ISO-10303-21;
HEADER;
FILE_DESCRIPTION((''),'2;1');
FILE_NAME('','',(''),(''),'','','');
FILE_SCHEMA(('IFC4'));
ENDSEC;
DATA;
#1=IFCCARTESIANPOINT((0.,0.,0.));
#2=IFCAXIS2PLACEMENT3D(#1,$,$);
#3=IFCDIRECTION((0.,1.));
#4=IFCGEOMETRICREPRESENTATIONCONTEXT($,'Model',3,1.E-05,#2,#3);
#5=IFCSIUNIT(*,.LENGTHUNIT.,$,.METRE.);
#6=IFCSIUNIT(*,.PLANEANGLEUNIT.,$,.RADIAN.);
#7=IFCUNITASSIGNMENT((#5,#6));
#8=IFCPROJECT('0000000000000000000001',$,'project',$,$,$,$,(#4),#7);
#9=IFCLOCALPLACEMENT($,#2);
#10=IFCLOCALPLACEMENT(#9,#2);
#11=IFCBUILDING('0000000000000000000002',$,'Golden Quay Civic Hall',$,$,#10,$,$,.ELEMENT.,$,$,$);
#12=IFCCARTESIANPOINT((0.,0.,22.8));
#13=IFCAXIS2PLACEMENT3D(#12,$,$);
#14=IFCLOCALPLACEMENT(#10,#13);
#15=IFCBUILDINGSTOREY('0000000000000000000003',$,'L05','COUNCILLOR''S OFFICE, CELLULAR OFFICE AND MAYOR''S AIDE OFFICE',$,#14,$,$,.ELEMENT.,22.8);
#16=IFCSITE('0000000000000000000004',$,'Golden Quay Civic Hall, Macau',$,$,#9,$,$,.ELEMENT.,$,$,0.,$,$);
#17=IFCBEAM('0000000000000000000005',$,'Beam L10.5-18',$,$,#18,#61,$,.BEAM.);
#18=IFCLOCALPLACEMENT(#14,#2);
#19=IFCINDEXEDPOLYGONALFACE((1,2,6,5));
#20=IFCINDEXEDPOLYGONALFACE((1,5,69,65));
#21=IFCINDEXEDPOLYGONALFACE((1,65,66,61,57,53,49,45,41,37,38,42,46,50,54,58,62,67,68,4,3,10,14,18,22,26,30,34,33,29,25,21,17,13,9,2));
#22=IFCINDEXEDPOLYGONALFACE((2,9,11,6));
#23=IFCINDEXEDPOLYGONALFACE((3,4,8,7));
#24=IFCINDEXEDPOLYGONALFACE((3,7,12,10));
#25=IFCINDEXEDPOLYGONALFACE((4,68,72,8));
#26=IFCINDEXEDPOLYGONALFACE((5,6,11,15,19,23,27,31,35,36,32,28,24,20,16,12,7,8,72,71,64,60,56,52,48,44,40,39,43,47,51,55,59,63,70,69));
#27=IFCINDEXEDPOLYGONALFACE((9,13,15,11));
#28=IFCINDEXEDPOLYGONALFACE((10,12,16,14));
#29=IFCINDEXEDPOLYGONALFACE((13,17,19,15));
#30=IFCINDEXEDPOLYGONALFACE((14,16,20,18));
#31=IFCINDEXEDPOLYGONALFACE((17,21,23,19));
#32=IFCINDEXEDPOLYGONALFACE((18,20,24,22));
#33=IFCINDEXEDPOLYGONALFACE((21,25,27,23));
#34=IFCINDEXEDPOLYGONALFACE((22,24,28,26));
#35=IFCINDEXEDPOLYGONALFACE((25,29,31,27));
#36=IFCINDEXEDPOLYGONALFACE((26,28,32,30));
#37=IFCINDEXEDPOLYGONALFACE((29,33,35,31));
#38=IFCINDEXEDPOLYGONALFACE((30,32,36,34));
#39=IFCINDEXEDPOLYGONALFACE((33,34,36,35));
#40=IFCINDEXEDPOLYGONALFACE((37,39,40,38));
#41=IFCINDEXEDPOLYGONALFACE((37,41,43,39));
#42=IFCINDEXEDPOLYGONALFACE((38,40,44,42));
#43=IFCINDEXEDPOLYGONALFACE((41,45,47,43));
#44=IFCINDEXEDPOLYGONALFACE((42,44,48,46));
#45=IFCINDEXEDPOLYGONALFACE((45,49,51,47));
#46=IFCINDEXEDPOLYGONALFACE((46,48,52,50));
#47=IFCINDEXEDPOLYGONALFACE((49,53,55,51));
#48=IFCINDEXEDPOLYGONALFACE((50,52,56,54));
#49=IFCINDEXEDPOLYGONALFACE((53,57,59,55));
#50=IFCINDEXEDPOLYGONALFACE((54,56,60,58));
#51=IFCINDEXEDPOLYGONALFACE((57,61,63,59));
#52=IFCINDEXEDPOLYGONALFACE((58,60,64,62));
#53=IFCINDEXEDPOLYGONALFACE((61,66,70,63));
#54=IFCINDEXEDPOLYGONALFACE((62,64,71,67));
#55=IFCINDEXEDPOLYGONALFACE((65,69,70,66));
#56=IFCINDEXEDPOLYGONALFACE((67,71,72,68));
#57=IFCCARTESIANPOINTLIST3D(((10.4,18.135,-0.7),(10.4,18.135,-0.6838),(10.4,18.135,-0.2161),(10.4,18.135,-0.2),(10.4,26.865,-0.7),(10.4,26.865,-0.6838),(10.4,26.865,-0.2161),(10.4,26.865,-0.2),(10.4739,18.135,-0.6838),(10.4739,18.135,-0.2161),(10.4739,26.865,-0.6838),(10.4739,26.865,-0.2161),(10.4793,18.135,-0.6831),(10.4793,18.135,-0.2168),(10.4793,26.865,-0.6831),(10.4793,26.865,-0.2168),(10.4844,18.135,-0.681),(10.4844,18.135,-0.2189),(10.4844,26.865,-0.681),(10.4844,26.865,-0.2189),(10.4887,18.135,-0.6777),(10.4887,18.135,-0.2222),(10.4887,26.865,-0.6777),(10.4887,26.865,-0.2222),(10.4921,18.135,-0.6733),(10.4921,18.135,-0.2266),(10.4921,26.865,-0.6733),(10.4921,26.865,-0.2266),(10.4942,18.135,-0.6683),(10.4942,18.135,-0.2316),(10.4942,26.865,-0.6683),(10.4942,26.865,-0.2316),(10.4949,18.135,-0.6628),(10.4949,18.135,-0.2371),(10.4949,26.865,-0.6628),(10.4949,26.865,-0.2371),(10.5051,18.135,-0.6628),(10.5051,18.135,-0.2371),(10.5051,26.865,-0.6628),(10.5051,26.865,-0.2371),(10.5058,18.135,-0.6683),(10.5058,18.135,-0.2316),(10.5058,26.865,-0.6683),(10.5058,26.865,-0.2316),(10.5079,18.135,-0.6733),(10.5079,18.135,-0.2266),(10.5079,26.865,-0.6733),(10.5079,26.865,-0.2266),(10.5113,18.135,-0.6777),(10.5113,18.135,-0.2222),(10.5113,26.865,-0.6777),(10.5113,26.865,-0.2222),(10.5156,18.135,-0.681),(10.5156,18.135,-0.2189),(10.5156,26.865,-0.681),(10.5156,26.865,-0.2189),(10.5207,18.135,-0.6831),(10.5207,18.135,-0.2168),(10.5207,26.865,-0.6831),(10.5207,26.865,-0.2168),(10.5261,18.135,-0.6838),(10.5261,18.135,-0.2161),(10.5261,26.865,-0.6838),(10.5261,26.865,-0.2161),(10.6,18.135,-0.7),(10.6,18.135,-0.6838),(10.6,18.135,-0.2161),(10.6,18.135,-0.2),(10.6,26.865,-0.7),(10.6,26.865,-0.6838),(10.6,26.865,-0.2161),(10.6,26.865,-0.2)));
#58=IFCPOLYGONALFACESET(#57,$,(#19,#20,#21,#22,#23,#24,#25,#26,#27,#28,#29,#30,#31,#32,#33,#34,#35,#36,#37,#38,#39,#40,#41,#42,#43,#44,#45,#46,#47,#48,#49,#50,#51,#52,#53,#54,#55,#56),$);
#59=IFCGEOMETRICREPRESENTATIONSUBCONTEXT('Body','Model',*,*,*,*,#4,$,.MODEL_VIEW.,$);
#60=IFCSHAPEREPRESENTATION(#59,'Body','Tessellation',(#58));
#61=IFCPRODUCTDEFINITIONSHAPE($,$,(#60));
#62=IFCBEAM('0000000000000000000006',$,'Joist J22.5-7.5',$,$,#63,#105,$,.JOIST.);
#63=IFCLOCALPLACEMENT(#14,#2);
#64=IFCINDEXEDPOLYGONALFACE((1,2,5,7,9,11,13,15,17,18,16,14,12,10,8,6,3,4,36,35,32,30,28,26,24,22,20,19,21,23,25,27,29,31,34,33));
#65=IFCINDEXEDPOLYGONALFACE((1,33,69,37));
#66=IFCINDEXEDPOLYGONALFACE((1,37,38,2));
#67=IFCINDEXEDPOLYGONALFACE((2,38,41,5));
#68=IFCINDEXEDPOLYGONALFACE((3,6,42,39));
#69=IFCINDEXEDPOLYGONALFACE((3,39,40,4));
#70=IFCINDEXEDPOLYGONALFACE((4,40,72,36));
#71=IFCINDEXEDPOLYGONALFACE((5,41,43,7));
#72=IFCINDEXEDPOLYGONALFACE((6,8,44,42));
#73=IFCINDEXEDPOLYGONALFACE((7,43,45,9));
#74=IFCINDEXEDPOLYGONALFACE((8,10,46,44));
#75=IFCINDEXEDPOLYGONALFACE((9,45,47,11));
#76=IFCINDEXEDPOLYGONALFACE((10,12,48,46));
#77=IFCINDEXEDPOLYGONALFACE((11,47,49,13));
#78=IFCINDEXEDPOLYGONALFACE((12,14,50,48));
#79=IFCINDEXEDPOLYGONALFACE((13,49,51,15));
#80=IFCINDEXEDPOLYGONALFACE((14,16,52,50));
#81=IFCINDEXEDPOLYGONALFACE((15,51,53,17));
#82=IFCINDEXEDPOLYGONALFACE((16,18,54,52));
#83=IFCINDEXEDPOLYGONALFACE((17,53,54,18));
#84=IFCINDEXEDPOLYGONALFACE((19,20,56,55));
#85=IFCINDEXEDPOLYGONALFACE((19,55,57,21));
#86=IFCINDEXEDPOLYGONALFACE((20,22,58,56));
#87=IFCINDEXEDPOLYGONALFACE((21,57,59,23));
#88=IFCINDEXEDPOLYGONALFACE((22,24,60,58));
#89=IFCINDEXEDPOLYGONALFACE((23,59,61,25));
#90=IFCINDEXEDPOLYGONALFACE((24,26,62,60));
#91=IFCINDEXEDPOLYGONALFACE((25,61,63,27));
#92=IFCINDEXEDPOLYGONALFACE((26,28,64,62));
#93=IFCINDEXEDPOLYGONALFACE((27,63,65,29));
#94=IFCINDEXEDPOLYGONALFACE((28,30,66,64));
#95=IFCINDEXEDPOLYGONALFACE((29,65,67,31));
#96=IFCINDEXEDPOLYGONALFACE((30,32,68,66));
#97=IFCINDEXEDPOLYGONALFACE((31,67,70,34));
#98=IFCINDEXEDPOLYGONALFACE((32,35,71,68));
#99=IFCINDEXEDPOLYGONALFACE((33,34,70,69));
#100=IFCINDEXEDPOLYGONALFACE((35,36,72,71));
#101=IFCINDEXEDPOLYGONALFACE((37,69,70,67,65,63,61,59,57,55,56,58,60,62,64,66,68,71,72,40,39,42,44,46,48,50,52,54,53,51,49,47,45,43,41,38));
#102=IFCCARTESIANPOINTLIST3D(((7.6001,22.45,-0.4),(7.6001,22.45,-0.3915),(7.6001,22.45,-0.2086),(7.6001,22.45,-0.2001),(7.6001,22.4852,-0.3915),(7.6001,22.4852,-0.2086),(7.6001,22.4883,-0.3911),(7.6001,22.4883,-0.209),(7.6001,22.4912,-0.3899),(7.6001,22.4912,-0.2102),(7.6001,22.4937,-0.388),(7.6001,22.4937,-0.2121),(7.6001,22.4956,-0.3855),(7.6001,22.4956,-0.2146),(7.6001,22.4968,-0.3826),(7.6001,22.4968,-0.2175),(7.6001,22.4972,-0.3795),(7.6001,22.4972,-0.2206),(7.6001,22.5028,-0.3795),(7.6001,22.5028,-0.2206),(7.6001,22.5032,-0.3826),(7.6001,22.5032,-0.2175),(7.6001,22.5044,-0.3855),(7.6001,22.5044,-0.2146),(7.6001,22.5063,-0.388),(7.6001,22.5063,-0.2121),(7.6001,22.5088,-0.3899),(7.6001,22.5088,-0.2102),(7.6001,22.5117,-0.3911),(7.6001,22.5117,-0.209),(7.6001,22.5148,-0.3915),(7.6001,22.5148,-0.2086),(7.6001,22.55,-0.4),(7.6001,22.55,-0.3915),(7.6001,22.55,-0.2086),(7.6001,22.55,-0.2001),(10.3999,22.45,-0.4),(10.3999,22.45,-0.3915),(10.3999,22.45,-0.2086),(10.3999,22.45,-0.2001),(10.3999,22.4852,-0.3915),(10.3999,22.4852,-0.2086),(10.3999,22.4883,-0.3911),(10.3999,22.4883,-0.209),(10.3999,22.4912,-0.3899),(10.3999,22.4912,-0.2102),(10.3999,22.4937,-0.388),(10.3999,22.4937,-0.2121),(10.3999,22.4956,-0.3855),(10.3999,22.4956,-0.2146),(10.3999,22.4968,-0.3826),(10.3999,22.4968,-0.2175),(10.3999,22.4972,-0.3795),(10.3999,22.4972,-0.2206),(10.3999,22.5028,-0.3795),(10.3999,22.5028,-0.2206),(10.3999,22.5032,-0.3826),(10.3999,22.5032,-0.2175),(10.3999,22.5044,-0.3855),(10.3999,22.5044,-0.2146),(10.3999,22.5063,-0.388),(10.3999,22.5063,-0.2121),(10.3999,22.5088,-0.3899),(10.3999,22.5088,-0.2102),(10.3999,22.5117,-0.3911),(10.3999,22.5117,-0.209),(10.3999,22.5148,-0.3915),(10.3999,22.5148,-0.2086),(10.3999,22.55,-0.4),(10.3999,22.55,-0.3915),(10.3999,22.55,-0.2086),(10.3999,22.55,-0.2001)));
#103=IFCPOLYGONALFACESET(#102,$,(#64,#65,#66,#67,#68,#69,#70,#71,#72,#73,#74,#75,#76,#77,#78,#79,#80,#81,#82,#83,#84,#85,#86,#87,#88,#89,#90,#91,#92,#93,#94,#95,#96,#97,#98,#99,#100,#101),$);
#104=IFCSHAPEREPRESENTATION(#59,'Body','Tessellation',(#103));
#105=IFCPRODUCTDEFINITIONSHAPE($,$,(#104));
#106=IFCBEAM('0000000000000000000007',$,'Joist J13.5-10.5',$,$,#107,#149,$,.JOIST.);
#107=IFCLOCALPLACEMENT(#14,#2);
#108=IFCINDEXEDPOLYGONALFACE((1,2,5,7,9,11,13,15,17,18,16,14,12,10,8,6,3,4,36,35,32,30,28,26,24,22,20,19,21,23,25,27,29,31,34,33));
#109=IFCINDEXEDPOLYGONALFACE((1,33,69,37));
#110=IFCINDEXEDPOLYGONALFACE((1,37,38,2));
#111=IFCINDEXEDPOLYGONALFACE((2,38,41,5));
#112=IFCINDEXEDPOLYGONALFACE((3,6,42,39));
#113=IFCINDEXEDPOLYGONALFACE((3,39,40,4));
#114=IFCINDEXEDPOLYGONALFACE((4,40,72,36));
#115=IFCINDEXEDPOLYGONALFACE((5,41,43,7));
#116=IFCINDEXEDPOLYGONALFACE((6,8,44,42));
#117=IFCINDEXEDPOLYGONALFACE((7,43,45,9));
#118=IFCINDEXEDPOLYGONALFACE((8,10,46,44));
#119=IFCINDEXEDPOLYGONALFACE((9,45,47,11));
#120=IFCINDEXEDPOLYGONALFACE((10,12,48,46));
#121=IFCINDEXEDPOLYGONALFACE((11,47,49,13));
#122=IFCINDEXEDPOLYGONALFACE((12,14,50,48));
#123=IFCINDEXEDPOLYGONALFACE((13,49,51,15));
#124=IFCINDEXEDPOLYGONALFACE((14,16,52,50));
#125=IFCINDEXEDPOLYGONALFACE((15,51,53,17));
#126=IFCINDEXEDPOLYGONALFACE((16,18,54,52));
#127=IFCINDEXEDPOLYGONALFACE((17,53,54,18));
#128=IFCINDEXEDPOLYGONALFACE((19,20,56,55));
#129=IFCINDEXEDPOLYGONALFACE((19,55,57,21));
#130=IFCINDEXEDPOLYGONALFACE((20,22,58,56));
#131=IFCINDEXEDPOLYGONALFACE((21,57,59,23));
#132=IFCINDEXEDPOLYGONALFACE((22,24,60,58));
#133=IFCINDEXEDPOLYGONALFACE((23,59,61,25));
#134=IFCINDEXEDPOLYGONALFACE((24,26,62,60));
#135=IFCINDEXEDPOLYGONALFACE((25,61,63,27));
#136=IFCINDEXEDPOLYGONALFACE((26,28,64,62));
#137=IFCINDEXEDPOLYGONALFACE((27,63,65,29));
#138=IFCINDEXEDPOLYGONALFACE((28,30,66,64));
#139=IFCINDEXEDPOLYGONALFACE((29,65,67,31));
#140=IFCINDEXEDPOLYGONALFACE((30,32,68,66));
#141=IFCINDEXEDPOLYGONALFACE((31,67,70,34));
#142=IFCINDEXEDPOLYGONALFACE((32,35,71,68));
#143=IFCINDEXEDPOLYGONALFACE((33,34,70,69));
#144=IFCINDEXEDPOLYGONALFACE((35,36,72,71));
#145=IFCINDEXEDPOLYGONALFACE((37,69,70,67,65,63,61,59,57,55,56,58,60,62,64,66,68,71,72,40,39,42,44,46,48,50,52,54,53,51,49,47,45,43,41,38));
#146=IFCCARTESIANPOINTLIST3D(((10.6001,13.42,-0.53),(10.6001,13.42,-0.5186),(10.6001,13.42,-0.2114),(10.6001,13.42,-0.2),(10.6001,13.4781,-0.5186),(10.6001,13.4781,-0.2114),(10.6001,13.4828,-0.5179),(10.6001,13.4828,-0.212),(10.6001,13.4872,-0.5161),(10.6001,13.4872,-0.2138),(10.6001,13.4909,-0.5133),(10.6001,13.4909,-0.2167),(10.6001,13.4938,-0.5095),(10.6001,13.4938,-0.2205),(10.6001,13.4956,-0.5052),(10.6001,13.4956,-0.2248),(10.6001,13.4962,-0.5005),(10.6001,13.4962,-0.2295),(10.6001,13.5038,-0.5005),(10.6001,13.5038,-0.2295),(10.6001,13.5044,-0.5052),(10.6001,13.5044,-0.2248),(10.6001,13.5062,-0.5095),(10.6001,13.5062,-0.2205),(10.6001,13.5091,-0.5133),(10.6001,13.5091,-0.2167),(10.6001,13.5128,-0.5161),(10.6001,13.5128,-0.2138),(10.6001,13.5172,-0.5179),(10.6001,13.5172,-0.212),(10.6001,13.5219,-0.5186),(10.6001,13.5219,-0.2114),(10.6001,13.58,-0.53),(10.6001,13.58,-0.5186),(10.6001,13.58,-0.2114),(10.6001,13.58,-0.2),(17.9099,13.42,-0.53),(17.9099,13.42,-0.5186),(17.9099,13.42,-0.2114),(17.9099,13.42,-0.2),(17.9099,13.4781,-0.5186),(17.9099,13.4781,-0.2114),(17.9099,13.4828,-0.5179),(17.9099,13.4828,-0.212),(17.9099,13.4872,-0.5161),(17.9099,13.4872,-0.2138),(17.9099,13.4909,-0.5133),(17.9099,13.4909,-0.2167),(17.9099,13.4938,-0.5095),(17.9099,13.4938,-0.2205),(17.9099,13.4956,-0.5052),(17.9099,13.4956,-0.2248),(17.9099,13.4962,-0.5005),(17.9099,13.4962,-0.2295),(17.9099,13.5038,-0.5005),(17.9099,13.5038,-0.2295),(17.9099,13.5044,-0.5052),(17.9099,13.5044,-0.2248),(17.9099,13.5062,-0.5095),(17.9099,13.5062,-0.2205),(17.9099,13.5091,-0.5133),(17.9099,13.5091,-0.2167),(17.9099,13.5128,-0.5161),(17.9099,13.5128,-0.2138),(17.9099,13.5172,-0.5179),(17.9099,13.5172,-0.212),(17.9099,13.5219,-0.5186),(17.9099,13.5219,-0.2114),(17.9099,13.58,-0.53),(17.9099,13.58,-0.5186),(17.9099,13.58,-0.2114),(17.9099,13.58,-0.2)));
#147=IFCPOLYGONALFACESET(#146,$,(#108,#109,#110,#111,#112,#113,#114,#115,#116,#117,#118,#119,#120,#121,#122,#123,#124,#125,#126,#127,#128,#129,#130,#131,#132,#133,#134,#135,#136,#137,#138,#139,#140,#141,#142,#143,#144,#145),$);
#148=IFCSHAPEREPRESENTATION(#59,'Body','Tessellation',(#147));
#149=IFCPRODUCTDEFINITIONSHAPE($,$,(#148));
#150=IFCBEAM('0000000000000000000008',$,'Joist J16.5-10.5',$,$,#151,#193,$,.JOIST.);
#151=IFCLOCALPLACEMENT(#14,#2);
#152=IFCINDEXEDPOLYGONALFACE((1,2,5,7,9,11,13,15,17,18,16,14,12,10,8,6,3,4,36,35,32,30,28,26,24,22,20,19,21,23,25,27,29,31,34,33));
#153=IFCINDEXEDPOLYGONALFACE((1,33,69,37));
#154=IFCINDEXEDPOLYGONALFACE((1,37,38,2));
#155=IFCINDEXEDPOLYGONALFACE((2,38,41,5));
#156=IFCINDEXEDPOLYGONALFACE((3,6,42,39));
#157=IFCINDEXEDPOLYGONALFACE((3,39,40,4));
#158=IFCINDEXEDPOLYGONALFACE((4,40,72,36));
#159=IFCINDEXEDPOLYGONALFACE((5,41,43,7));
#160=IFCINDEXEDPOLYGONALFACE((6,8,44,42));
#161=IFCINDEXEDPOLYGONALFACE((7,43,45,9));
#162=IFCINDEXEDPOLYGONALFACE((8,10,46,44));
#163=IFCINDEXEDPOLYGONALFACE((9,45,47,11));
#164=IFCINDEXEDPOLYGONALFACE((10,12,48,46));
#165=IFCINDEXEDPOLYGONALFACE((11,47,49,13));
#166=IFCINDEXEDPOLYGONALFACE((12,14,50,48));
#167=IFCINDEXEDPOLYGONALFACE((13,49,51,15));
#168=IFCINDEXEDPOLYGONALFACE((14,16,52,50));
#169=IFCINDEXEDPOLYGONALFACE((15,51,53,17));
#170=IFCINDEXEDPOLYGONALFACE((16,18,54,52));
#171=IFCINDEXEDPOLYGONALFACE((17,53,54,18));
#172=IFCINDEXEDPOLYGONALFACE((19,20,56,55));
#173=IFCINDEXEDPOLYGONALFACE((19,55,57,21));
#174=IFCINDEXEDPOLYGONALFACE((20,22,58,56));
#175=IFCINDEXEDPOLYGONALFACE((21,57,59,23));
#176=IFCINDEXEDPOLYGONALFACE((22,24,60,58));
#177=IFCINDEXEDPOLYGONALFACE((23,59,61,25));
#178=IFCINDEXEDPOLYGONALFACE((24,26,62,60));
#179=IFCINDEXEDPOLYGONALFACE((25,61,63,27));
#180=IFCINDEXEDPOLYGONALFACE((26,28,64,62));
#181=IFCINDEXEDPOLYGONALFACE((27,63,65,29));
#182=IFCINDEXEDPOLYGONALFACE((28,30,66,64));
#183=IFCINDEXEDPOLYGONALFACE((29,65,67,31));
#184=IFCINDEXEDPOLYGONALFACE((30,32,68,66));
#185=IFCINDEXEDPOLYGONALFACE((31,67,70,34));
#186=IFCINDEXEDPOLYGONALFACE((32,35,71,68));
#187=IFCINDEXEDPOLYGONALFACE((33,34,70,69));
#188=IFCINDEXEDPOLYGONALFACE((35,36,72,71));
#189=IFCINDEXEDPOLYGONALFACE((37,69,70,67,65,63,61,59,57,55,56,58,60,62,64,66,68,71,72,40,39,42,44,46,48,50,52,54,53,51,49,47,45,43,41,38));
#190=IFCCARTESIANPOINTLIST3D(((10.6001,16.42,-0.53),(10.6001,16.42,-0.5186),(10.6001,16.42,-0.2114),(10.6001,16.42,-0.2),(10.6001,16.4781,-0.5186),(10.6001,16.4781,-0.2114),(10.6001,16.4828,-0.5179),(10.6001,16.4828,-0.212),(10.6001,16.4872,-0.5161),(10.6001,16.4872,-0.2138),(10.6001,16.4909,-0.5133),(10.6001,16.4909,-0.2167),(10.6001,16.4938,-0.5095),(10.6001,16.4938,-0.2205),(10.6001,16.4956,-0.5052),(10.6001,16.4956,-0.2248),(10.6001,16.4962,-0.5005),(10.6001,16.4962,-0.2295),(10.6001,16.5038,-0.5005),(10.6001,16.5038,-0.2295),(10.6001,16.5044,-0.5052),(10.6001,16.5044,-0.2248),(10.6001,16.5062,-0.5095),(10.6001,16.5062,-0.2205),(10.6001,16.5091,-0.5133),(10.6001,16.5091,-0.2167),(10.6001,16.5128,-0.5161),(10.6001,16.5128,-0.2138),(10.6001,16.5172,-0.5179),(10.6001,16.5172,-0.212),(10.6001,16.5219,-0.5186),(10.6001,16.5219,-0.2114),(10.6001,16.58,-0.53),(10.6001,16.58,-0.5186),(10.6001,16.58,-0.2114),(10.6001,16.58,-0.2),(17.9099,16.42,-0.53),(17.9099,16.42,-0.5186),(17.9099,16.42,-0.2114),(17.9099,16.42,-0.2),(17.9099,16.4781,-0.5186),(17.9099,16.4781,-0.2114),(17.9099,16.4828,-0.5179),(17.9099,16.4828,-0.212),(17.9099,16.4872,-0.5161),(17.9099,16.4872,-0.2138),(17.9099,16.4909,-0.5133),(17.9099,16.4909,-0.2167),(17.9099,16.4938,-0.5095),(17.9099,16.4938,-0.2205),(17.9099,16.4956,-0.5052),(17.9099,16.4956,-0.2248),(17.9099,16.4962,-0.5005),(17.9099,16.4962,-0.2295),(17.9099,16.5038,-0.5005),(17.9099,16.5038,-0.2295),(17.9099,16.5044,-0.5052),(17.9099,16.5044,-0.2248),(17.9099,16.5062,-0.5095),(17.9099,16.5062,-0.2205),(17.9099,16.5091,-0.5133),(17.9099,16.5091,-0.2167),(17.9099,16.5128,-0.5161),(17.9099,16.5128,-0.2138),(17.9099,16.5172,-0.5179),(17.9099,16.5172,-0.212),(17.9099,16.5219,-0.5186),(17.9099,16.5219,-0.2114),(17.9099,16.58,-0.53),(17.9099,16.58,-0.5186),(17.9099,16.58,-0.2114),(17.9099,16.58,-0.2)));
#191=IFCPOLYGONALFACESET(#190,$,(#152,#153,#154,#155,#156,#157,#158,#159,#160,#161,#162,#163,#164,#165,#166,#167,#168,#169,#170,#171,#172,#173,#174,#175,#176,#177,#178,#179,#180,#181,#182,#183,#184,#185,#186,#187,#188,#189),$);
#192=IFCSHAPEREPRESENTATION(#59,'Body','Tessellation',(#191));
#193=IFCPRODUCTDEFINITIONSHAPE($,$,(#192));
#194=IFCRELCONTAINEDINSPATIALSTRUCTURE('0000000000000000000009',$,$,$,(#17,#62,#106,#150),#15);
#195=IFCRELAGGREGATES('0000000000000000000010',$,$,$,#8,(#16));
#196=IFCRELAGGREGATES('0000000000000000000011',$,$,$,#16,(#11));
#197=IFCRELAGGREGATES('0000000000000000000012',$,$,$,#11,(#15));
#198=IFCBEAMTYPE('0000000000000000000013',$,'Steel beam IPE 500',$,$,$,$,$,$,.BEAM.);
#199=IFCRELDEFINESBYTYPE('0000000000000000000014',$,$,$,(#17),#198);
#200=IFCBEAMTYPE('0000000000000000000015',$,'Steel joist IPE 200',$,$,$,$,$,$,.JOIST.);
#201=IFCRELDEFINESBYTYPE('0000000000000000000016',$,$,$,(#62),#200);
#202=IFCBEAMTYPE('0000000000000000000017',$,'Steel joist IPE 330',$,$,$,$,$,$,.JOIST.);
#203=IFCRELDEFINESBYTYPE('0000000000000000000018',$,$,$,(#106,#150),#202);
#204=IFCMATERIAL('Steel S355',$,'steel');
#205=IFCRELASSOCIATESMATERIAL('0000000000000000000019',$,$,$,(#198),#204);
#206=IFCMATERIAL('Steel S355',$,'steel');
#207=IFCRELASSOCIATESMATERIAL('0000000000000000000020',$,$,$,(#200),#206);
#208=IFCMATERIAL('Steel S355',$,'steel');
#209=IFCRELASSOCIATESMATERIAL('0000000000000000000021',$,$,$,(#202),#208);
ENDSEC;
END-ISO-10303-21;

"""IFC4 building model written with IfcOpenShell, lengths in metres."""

from ifc_helpers import new_model, si_unit, direction, frame, origin, origin_2d, place, context, subcontext, project, spatial, i_section, extrude, material, material_profile, profile_set, type_object, element, save


model = new_model("IFC4")

# Units and contexts
model_context = context("Model", 3, precision=1e-05, world=origin(), true_north=direction((0.0, 1.0)))
body_context = subcontext(model_context, "Body", "Model", "MODEL_VIEW")
ifc_project = project(units=[si_unit("LENGTHUNIT", "METRE"), si_unit("PLANEANGLEUNIT", "RADIAN")], contexts=[model_context])

# Site, building, storey
site_placement = place(None, origin())
site = spatial("IfcSite", under=ifc_project, at=site_placement, Name="Golden Quay Civic Hall, Macau", CompositionType="ELEMENT", RefElevation=0.0)
building_placement = place(site_placement, origin())
building = spatial("IfcBuilding", under=site, at=building_placement, Name="Golden Quay Civic Hall", CompositionType="ELEMENT")
storey_placement = place(building_placement, frame((0.0, 0.0, 22.8)))
storey = spatial("IfcBuildingStorey", under=building, at=storey_placement, Name="L05", Description="COUNCILLOR'S OFFICE, CELLULAR OFFICE AND MAYOR'S AIDE OFFICE", CompositionType="ELEMENT", Elevation=22.8)

# Beams
ifc_material_1 = material(Name="Steel S355", Category="steel")
ifc_material_profile_1 = material_profile(ifc_material_1, i_section(OverallWidth=0.2, OverallDepth=0.5, WebThickness=0.0103, FlangeThickness=0.0161, FilletRadius=0.021, at=origin_2d()), Name="IPE 500")
ifc_profile_set_1 = profile_set([ifc_material_profile_1], Name="Steel S355")
beam_type_1 = type_object("IfcBeamType", Name="Steel beam IPE 500", PredefinedType="BEAM", material=ifc_profile_set_1)
beam_1_placement = place(storey_placement, frame((10.5, 18.135, -0.45), z_axis=(0.0, 1.0, 0.0), x_axis=(-1.0, 0.0, 0.0)))
element("IfcBeam", 1, at=beam_1_placement, inside=storey, type_object=beam_type_1, Name="Beam L10.5-18", PredefinedType="BEAM", context=body_context, shape_type="SweptSolid", body=[
    extrude(i_section(OverallWidth=0.2, OverallDepth=0.5, WebThickness=0.0103, FlangeThickness=0.0161, FilletRadius=0.021, at=origin_2d()), origin(), (0.0, 0.0, 1.0), 8.73),
])
ifc_material_2 = material(Name="Steel S355", Category="steel")
ifc_material_profile_2 = material_profile(ifc_material_2, i_section(OverallWidth=0.1001, OverallDepth=0.2, WebThickness=0.0056, FlangeThickness=0.0085, FilletRadius=0.012, at=origin_2d()), Name="IPE 200")
ifc_profile_set_2 = profile_set([ifc_material_profile_2], Name="Steel S355")
beam_type_2 = type_object("IfcBeamType", Name="Steel joist IPE 200", PredefinedType="JOIST", material=ifc_profile_set_2)
beam_2_placement = place(storey_placement, frame((7.6001, 22.5, -0.3), z_axis=(1.0, 0.0, 0.0), x_axis=(0.0, 1.0, 0.0)))
element("IfcBeam", 2, at=beam_2_placement, inside=storey, type_object=beam_type_2, Name="Joist J22.5-7.5", PredefinedType="JOIST", context=body_context, shape_type="SweptSolid", body=[
    extrude(i_section(OverallWidth=0.1001, OverallDepth=0.2, WebThickness=0.0056, FlangeThickness=0.0085, FilletRadius=0.012, at=origin_2d()), origin(), (0.0, 0.0, 1.0), 2.7998),
])
ifc_material_3 = material(Name="Steel S355", Category="steel")
ifc_material_profile_3 = material_profile(ifc_material_3, i_section(OverallWidth=0.1599, OverallDepth=0.3301, WebThickness=0.0076, FlangeThickness=0.0115, FilletRadius=0.0181, at=origin_2d()), Name="IPE 330")
ifc_profile_set_3 = profile_set([ifc_material_profile_3], Name="Steel S355")
beam_type_3 = type_object("IfcBeamType", Name="Steel joist IPE 330", PredefinedType="JOIST", material=ifc_profile_set_3)
for number, where, z_axis, x_axis, name in (
    (3, (10.6001, 13.5, -0.365), (1.0, 0.0, 0.0), (0.0, 1.0, 0.0), "Joist J13.5-10.5"),
    (4, (10.6001, 16.5, -0.365), (1.0, 0.0, 0.0), (0.0, 1.0, 0.0), "Joist J16.5-10.5"),
):
    element("IfcBeam", number, at=place(storey_placement, frame(where, z_axis=z_axis, x_axis=x_axis)), inside=storey, type_object=beam_type_3, Name=name, PredefinedType="JOIST", context=body_context, shape_type="SweptSolid", body=[
        extrude(i_section(OverallWidth=0.1599, OverallDepth=0.3301, WebThickness=0.0076, FlangeThickness=0.0115, FilletRadius=0.0181, at=origin_2d()), origin(), (0.0, 0.0, 1.0), 7.3098),
    ])

save(model, "model.ifc")
